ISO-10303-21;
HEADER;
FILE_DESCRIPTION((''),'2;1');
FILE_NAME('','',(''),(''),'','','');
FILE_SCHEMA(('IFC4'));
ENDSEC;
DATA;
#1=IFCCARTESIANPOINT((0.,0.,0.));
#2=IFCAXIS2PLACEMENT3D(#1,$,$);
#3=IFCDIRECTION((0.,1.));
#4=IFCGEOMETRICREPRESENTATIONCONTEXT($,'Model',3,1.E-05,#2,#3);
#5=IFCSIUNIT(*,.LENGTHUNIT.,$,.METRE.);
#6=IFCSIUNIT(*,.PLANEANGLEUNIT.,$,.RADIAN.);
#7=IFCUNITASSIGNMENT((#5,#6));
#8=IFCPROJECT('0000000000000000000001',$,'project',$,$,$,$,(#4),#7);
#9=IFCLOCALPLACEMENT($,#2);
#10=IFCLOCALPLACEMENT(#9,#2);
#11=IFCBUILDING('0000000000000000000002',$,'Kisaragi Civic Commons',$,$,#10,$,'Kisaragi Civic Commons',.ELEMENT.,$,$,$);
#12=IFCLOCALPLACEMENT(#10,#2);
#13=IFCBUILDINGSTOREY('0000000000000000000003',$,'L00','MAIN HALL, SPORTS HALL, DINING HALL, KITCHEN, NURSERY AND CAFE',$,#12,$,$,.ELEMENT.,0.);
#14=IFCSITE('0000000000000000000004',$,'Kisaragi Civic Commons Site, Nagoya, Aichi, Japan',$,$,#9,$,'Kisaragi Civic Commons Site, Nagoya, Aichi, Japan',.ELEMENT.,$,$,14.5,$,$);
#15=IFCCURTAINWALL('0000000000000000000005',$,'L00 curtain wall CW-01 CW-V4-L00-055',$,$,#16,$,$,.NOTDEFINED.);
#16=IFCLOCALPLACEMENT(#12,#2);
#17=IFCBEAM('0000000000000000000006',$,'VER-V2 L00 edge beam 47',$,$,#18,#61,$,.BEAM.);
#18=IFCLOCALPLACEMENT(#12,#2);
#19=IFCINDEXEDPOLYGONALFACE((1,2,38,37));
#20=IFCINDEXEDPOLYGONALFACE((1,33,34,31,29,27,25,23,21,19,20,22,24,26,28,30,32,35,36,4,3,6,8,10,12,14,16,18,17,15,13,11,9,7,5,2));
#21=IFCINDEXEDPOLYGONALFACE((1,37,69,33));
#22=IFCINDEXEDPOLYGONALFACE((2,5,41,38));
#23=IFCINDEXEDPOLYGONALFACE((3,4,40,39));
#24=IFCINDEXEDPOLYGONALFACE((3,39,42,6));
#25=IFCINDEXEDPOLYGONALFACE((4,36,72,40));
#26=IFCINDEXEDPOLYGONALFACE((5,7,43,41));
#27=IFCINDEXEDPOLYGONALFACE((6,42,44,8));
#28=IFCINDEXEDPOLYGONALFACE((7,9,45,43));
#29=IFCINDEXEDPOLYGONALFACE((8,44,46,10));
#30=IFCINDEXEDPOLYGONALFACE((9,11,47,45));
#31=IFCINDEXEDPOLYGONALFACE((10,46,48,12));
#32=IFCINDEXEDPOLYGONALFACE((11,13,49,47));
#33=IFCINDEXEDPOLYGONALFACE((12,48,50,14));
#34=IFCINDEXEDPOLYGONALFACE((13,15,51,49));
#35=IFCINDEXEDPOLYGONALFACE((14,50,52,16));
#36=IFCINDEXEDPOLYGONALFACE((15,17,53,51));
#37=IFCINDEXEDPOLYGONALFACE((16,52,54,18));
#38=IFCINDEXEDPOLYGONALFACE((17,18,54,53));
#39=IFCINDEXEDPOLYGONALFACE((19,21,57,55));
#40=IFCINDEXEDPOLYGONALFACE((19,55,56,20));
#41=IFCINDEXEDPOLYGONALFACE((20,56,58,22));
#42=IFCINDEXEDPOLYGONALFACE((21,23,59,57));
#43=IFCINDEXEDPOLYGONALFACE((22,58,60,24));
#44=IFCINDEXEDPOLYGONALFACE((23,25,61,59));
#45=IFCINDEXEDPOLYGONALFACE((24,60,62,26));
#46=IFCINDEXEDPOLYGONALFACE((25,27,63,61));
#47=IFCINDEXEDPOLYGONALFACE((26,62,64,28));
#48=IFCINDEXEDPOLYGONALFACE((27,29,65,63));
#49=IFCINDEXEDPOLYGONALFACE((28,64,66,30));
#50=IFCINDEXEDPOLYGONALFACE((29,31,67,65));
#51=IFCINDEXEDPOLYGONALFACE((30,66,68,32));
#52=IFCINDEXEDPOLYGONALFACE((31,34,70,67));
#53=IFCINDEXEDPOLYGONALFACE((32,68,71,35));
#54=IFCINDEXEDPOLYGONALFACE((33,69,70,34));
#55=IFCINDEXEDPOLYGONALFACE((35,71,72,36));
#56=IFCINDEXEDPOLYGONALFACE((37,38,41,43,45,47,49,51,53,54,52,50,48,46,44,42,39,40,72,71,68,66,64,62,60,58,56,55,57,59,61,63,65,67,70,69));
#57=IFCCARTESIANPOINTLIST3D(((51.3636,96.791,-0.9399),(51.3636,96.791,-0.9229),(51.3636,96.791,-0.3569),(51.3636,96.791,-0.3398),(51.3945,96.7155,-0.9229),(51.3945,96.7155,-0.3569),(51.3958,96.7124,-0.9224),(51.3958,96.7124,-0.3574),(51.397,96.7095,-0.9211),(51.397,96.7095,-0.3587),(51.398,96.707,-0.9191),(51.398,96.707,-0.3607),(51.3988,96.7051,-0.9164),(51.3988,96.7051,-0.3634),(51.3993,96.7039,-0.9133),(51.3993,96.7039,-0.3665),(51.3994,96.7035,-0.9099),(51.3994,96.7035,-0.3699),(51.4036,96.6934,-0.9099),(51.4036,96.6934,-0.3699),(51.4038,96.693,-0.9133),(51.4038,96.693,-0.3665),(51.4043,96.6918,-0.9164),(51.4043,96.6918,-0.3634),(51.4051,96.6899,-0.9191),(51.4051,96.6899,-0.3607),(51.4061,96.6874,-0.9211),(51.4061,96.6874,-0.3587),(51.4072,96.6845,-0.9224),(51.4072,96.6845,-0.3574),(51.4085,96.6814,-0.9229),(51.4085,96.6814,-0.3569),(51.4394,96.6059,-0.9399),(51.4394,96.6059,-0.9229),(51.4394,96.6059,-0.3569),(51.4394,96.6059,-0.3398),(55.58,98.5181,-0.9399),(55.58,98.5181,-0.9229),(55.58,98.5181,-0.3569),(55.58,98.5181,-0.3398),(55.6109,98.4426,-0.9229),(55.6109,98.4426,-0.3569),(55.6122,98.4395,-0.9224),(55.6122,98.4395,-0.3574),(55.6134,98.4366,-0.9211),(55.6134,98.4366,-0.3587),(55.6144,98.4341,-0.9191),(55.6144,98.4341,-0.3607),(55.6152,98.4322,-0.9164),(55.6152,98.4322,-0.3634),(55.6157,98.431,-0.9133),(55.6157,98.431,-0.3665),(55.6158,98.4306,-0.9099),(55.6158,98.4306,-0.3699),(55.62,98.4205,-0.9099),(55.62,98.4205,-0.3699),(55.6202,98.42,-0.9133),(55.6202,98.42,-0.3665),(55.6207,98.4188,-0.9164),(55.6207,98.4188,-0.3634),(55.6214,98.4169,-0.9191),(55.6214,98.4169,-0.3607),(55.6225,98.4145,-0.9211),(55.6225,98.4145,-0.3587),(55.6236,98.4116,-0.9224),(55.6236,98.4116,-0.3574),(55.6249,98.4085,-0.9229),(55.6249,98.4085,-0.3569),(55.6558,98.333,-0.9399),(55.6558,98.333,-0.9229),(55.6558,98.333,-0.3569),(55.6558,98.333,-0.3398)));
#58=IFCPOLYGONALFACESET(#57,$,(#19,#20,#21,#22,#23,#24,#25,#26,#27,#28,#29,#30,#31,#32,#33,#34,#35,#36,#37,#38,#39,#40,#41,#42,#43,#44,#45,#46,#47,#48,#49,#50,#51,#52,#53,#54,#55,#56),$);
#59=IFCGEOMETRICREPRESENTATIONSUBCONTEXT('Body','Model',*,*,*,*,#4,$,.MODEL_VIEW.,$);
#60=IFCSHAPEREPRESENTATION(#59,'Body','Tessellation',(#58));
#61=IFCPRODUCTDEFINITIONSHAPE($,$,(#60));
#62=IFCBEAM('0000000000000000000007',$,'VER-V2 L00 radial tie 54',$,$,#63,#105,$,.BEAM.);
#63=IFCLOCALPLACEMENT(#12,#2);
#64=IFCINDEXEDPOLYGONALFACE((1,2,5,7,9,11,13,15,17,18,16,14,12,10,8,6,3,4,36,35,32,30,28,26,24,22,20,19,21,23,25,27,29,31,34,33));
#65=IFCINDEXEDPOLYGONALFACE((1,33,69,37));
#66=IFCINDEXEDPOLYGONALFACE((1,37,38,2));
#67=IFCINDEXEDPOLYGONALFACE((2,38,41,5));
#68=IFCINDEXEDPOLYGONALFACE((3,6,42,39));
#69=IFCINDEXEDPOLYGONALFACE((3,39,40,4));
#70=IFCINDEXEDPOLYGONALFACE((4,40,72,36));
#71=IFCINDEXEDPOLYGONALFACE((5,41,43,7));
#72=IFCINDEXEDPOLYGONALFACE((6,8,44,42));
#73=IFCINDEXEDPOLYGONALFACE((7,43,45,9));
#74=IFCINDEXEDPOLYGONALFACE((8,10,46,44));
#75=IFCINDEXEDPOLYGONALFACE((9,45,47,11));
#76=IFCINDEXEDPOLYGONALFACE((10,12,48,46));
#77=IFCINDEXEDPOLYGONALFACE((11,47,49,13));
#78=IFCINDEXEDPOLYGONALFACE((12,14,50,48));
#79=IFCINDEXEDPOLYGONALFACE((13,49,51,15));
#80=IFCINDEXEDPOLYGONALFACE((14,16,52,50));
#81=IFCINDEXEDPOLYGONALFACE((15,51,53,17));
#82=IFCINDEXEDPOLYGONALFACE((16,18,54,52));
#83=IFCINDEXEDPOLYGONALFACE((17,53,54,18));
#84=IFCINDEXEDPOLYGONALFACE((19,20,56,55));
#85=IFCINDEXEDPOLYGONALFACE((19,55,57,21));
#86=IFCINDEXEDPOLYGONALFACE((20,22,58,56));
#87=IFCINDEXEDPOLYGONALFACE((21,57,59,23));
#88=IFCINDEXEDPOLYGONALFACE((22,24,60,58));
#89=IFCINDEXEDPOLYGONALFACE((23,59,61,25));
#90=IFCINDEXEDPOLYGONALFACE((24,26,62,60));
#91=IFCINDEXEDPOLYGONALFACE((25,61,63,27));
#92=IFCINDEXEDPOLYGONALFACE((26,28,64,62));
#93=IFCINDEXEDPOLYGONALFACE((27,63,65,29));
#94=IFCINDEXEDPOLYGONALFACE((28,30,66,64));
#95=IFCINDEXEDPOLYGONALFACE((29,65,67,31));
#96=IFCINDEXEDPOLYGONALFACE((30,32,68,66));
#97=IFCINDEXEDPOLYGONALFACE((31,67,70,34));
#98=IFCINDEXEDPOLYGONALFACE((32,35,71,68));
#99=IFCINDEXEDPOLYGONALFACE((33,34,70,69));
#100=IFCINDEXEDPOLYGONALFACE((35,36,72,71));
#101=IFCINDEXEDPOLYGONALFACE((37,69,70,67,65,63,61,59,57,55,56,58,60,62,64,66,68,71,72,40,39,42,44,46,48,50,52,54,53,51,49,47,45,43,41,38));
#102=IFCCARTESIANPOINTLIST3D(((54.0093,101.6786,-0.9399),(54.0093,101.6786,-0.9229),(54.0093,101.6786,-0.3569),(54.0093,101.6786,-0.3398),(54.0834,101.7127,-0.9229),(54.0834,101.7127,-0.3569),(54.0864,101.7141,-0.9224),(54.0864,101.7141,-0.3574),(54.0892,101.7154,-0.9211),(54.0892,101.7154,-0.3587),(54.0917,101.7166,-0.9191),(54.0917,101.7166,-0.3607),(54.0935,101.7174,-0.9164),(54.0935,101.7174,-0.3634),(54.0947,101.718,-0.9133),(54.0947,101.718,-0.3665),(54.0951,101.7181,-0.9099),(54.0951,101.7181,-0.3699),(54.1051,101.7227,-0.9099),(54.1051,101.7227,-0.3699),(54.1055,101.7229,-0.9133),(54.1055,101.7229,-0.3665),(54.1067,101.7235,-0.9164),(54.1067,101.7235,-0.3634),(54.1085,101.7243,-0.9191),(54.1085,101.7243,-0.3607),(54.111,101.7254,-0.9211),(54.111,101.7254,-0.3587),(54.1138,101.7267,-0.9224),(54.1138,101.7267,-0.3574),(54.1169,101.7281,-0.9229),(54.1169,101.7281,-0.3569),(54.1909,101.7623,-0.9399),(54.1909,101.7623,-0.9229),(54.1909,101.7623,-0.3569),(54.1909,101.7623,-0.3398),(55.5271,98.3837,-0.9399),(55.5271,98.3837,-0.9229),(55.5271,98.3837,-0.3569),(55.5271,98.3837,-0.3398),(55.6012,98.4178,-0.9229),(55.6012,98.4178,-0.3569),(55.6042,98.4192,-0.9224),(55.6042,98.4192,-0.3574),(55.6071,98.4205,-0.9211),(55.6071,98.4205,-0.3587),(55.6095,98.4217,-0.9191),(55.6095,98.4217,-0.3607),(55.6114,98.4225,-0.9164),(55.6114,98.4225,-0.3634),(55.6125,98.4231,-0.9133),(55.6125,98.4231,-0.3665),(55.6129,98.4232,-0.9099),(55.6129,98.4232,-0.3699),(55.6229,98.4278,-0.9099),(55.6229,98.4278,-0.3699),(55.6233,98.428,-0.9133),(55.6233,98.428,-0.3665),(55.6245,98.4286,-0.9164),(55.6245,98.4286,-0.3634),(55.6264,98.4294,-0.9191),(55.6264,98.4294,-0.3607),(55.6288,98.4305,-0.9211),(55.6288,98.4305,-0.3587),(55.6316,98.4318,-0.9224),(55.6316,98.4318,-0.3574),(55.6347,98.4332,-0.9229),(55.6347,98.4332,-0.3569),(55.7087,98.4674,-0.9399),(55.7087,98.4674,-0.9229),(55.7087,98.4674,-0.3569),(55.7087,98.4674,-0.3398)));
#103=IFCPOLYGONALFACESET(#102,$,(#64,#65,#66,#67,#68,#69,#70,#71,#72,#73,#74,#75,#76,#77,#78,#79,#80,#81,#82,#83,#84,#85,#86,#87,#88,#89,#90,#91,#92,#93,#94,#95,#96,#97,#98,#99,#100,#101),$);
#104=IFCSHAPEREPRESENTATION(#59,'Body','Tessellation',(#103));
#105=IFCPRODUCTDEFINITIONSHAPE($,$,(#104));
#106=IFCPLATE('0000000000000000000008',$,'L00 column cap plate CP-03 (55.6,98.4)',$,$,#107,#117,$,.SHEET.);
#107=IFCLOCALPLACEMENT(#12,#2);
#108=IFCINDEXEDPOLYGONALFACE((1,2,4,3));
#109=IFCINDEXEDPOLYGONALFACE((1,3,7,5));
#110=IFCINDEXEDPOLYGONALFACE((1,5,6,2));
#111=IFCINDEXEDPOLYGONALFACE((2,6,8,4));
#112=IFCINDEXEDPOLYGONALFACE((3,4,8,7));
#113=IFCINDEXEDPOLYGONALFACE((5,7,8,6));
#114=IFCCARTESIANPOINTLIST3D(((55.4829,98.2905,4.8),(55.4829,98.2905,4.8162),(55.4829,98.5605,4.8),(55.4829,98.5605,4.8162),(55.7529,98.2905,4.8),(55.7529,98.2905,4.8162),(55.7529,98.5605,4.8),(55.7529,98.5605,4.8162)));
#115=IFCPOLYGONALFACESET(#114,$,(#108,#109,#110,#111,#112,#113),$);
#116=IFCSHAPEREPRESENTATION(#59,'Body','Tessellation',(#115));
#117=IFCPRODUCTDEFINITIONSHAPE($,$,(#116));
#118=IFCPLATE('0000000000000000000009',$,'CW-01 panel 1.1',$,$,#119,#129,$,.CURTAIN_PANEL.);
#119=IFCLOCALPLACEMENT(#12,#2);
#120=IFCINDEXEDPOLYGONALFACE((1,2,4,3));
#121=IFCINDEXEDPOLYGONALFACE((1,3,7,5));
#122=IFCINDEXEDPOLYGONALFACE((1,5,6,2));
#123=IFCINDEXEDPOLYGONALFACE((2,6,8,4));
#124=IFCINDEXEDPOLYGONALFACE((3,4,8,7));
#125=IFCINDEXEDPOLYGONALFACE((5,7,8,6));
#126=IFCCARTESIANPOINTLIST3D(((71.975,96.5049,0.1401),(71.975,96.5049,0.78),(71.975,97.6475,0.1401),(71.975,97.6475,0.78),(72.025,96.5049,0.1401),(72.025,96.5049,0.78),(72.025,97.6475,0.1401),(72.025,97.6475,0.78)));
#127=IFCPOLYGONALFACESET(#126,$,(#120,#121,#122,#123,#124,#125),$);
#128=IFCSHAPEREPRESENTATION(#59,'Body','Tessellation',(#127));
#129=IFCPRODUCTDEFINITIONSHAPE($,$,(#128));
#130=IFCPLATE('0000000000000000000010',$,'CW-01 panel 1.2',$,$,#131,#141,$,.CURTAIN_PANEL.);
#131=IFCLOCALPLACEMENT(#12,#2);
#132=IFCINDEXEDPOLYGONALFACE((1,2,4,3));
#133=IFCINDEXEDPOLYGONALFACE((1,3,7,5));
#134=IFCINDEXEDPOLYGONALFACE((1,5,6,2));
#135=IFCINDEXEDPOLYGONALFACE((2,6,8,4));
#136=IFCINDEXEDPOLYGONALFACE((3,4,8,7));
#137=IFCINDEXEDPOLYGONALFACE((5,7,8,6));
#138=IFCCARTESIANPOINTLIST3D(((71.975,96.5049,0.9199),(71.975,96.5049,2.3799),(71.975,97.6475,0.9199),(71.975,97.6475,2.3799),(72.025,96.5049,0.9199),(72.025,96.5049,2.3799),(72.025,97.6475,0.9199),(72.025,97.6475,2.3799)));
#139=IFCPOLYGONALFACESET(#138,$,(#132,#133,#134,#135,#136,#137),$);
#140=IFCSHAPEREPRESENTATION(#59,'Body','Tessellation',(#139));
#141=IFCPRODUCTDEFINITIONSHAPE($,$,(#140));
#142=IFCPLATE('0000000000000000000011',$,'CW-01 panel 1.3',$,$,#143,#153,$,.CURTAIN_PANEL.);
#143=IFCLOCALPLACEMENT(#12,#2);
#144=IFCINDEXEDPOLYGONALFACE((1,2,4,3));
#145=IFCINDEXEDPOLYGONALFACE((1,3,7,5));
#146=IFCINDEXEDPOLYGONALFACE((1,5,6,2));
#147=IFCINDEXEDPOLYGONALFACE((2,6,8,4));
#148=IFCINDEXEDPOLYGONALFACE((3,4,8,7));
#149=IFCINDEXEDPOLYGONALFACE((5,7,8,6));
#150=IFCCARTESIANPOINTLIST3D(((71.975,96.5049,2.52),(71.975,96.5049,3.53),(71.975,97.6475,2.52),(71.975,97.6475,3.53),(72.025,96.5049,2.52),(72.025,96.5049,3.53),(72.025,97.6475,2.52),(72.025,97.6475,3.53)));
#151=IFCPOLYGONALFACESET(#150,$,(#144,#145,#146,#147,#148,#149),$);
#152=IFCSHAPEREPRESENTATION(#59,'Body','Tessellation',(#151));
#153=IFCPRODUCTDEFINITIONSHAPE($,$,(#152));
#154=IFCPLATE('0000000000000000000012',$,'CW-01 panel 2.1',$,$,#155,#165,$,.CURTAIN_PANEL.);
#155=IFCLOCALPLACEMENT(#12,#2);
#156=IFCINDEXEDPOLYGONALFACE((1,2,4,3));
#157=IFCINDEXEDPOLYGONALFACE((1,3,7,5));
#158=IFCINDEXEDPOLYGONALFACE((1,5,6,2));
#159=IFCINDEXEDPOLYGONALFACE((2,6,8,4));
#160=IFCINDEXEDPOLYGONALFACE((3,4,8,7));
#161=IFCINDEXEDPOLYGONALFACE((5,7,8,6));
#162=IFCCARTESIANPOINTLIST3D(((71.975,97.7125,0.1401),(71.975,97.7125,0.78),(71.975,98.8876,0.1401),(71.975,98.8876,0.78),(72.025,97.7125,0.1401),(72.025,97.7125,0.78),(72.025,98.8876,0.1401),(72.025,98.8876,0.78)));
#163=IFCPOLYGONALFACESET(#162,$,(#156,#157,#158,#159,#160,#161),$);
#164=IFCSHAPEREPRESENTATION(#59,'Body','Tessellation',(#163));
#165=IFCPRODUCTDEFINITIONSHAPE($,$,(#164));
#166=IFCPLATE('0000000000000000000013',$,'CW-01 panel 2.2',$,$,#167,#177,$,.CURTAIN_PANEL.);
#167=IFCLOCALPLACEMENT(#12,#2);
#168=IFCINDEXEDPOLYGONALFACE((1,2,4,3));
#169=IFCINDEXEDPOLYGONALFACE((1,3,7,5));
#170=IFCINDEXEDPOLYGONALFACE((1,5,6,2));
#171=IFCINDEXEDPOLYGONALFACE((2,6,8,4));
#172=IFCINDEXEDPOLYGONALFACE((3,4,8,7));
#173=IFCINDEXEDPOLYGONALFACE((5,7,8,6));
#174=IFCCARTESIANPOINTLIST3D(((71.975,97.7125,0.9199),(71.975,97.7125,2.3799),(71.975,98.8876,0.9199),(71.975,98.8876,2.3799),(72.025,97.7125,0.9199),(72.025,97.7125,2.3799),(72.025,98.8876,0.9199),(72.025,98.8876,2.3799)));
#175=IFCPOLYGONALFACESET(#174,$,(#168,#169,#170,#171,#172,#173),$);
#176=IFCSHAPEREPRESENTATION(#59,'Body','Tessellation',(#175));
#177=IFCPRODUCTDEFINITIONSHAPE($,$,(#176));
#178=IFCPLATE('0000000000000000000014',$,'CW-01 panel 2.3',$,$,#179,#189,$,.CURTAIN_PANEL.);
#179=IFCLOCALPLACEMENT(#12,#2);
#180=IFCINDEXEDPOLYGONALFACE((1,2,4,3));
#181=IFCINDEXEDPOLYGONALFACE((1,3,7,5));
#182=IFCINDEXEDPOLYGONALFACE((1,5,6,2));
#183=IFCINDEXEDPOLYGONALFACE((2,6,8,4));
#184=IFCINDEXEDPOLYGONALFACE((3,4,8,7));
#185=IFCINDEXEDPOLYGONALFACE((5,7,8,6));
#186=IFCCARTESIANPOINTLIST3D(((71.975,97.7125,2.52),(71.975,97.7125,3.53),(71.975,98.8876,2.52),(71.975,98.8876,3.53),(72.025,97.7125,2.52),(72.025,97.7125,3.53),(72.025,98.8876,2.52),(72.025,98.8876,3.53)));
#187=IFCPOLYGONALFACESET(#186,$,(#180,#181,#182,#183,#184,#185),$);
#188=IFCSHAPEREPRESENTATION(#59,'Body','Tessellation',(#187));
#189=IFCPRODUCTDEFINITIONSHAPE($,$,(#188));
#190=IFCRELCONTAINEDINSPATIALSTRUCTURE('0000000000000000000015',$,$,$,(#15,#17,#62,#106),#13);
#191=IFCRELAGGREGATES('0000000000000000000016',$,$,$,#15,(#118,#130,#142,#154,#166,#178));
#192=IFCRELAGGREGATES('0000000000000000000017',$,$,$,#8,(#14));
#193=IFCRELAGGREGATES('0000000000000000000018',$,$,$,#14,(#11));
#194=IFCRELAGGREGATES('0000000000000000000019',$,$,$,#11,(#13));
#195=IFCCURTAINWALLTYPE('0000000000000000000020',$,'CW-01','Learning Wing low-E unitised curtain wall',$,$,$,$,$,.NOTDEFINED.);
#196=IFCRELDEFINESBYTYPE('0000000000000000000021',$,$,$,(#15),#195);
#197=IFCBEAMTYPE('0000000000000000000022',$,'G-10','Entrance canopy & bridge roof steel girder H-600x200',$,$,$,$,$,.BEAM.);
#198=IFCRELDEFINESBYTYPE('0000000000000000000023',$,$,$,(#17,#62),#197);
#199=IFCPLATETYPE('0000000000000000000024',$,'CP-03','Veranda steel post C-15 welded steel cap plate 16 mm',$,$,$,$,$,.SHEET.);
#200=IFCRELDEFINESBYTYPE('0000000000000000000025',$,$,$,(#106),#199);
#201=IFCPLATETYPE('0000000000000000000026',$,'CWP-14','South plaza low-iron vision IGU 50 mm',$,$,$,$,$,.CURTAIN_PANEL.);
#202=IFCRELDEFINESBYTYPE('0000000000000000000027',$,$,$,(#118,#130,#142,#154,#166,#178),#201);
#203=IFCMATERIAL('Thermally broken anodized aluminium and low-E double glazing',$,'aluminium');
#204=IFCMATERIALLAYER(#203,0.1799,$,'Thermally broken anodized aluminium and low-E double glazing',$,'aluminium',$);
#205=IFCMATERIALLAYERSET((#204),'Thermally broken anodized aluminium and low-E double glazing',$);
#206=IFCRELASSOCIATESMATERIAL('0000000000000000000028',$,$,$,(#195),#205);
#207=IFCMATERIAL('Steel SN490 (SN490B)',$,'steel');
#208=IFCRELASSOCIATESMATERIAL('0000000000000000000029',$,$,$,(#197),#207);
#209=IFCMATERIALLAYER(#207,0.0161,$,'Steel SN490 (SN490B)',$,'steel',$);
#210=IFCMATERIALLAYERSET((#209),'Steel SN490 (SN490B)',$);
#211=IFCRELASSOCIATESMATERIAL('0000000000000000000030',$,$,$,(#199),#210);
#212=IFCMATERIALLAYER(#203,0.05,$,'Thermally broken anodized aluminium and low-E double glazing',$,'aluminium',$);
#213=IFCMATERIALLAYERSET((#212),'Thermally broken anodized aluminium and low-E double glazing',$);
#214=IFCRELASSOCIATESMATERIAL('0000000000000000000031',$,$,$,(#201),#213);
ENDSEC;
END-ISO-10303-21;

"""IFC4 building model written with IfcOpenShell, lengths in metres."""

from ifc_helpers import new_model, si_unit, direction, frame, origin, origin_2d, place, context, subcontext, project, spatial, rectangle, i_section, extrude, material, layer, layer_set, material_profile, profile_set, type_object, element, aggregate, save


model = new_model("IFC4")

# Units and contexts
model_context = context("Model", 3, precision=1e-05, world=origin(), true_north=direction((0.0, 1.0)))
body_context = subcontext(model_context, "Body", "Model", "MODEL_VIEW")
ifc_project = project(units=[si_unit("LENGTHUNIT", "METRE"), si_unit("PLANEANGLEUNIT", "RADIAN")], contexts=[model_context])

# Site, building, storey
site_placement = place(None, origin())
site = spatial("IfcSite", under=ifc_project, at=site_placement, Name="Kisaragi Civic Commons Site, Nagoya, Aichi, Japan", LongName="Kisaragi Civic Commons Site, Nagoya, Aichi, Japan", CompositionType="ELEMENT", RefElevation=14.5)
building_placement = place(site_placement, origin())
building = spatial("IfcBuilding", under=site, at=building_placement, Name="Kisaragi Civic Commons", LongName="Kisaragi Civic Commons", CompositionType="ELEMENT")
storey_placement = place(building_placement, origin())
storey = spatial("IfcBuildingStorey", under=building, at=storey_placement, Name="L00", Description="MAIN HALL, SPORTS HALL, DINING HALL, KITCHEN, NURSERY AND CAFE", CompositionType="ELEMENT", Elevation=0.0)

# Curtain wall
ifc_material_1 = material(Name="Thermally broken anodized aluminium and low-E double glazing", Category="aluminium")
ifc_layer_1 = layer(ifc_material_1, 0.1799, Name="Thermally broken anodized aluminium and low-E double glazing", Category="aluminium")
ifc_layer_set_1 = layer_set([ifc_layer_1], Name="Thermally broken anodized aluminium and low-E double glazing")
curtain_wall_type = type_object("IfcCurtainWallType", Name="CW-01", Description="Learning Wing low-E unitised curtain wall", PredefinedType="NOTDEFINED", material=ifc_layer_set_1)
curtain_wall_placement = place(storey_placement, origin())
curtain_wall = element("IfcCurtainWall", 1, at=curtain_wall_placement, inside=storey, type_object=curtain_wall_type, Name="L00 curtain wall CW-01 CW-V4-L00-055", PredefinedType="NOTDEFINED")

# Beams
ifc_material_2 = material(Name="Steel SN490 (SN490B)", Category="steel")
ifc_material_profile_1 = material_profile(ifc_material_2, i_section(OverallWidth=0.2, OverallDepth=0.6001, WebThickness=0.011, FlangeThickness=0.0171, FilletRadius=0.0129, at=origin_2d()), Name="H-600x200x11x17", Category="steel")
ifc_profile_set_1 = profile_set([ifc_material_profile_1], Name="Steel SN490 (SN490B)")
beam_type_1 = type_object("IfcBeamType", Name="G-10", Description="Entrance canopy & bridge roof steel girder H-600x200", PredefinedType="BEAM", material=ifc_profile_set_1)
beam_1_placement = place(storey_placement, frame((55.6179, 98.4255, -0.6399), z_axis=(-0.925378, -0.379046, 0.0), x_axis=(0.379046, -0.925378, 0.0)))
element("IfcBeam", 2, at=beam_1_placement, inside=storey, type_object=beam_type_1, Name="VER-V2 L00 edge beam 47", PredefinedType="BEAM", context=body_context, shape_type="SweptSolid", body=[
    extrude(i_section(OverallWidth=0.2, OverallDepth=0.6001, WebThickness=0.011, FlangeThickness=0.0171, FilletRadius=0.0129, at=origin_2d()), origin(), (0.0, 0.0, 1.0), 4.5564),
])
beam_2_placement = place(storey_placement, frame((55.6179, 98.4255, -0.6399), z_axis=(-0.418397, 0.908264, 0.0), x_axis=(-0.908264, -0.418397, 0.0)))
element("IfcBeam", 3, at=beam_2_placement, inside=storey, type_object=beam_type_1, Name="VER-V2 L00 radial tie 54", PredefinedType="BEAM", context=body_context, shape_type="SweptSolid", body=[
    extrude(i_section(OverallWidth=0.2, OverallDepth=0.6001, WebThickness=0.011, FlangeThickness=0.0171, FilletRadius=0.0129, at=origin_2d()), origin(), (0.0, 0.0, 1.0), 3.6277),
])

# Plates
ifc_layer_2 = layer(ifc_material_2, 0.0161, Name="Steel SN490 (SN490B)", Category="steel")
ifc_layer_set_2 = layer_set([ifc_layer_2], Name="Steel SN490 (SN490B)")
plate_type_1 = type_object("IfcPlateType", Name="CP-03", Description="Veranda steel post C-15 welded steel cap plate 16 mm", PredefinedType="SHEET", material=ifc_layer_set_2)
plate_1_placement = place(storey_placement, frame((55.6179, 98.4255, 4.8), z_axis=(0.0, 0.0, 1.0), x_axis=(1.0, 0.0, 0.0)))
element("IfcPlate", 4, at=plate_1_placement, inside=storey, type_object=plate_type_1, Name="L00 column cap plate CP-03 (55.6,98.4)", PredefinedType="SHEET", context=body_context, shape_type="SweptSolid", body=[
    extrude(rectangle(XDim=0.27, YDim=0.27, at=origin_2d()), origin(), (0.0, 0.0, 1.0), 0.0161),
])
ifc_layer_3 = layer(ifc_material_1, 0.05, Name="Thermally broken anodized aluminium and low-E double glazing", Category="aluminium")
ifc_layer_set_3 = layer_set([ifc_layer_3], Name="Thermally broken anodized aluminium and low-E double glazing")
plate_type_2 = type_object("IfcPlateType", Name="CWP-14", Description="South plaza low-iron vision IGU 50 mm", PredefinedType="CURTAIN_PANEL", material=ifc_layer_set_3)
plate_2_placement = place(storey_placement, frame((72.0, 97.0762, 0.1401), z_axis=(0.0, 0.0, 1.0), x_axis=(0.0, 1.0, 0.0)))
plate_2 = element("IfcPlate", 5, at=plate_2_placement, type_object=plate_type_2, Name="CW-01 panel 1.1", PredefinedType="CURTAIN_PANEL", context=body_context, shape_type="SweptSolid", body=[
    extrude(rectangle(XDim=1.1426, YDim=0.05, at=origin_2d()), origin(), (0.0, 0.0, 1.0), 0.6399),
])
plate_3_placement = place(storey_placement, frame((72.0, 97.0762, 0.9199), z_axis=(0.0, 0.0, 1.0), x_axis=(0.0, 1.0, 0.0)))
plate_3 = element("IfcPlate", 6, at=plate_3_placement, type_object=plate_type_2, Name="CW-01 panel 1.2", PredefinedType="CURTAIN_PANEL", context=body_context, shape_type="SweptSolid", body=[
    extrude(rectangle(XDim=1.1426, YDim=0.05, at=origin_2d()), origin(), (0.0, 0.0, 1.0), 1.46),
])
plate_4_placement = place(storey_placement, frame((72.0, 97.0762, 2.52), z_axis=(0.0, 0.0, 1.0), x_axis=(0.0, 1.0, 0.0)))
plate_4 = element("IfcPlate", 7, at=plate_4_placement, type_object=plate_type_2, Name="CW-01 panel 1.3", PredefinedType="CURTAIN_PANEL", context=body_context, shape_type="SweptSolid", body=[
    extrude(rectangle(XDim=1.1426, YDim=0.05, at=origin_2d()), origin(), (0.0, 0.0, 1.0), 1.01),
])
plate_5_placement = place(storey_placement, frame((72.0, 98.3, 0.1401), z_axis=(0.0, 0.0, 1.0), x_axis=(0.0, 1.0, 0.0)))
plate_5 = element("IfcPlate", 8, at=plate_5_placement, type_object=plate_type_2, Name="CW-01 panel 2.1", PredefinedType="CURTAIN_PANEL", context=body_context, shape_type="SweptSolid", body=[
    extrude(rectangle(XDim=1.175, YDim=0.05, at=origin_2d()), origin(), (0.0, 0.0, 1.0), 0.6399),
])
plate_6_placement = place(storey_placement, frame((72.0, 98.3, 0.9199), z_axis=(0.0, 0.0, 1.0), x_axis=(0.0, 1.0, 0.0)))
plate_6 = element("IfcPlate", 9, at=plate_6_placement, type_object=plate_type_2, Name="CW-01 panel 2.2", PredefinedType="CURTAIN_PANEL", context=body_context, shape_type="SweptSolid", body=[
    extrude(rectangle(XDim=1.175, YDim=0.05, at=origin_2d()), origin(), (0.0, 0.0, 1.0), 1.46),
])
plate_7_placement = place(storey_placement, frame((72.0, 98.3, 2.52), z_axis=(0.0, 0.0, 1.0), x_axis=(0.0, 1.0, 0.0)))
plate_7 = element("IfcPlate", 10, at=plate_7_placement, type_object=plate_type_2, Name="CW-01 panel 2.3", PredefinedType="CURTAIN_PANEL", context=body_context, shape_type="SweptSolid", body=[
    extrude(rectangle(XDim=1.175, YDim=0.05, at=origin_2d()), origin(), (0.0, 0.0, 1.0), 1.01),
])
aggregate(curtain_wall, [plate_2, plate_3, plate_4, plate_5, plate_6, plate_7])

save(model, "model.ifc")
